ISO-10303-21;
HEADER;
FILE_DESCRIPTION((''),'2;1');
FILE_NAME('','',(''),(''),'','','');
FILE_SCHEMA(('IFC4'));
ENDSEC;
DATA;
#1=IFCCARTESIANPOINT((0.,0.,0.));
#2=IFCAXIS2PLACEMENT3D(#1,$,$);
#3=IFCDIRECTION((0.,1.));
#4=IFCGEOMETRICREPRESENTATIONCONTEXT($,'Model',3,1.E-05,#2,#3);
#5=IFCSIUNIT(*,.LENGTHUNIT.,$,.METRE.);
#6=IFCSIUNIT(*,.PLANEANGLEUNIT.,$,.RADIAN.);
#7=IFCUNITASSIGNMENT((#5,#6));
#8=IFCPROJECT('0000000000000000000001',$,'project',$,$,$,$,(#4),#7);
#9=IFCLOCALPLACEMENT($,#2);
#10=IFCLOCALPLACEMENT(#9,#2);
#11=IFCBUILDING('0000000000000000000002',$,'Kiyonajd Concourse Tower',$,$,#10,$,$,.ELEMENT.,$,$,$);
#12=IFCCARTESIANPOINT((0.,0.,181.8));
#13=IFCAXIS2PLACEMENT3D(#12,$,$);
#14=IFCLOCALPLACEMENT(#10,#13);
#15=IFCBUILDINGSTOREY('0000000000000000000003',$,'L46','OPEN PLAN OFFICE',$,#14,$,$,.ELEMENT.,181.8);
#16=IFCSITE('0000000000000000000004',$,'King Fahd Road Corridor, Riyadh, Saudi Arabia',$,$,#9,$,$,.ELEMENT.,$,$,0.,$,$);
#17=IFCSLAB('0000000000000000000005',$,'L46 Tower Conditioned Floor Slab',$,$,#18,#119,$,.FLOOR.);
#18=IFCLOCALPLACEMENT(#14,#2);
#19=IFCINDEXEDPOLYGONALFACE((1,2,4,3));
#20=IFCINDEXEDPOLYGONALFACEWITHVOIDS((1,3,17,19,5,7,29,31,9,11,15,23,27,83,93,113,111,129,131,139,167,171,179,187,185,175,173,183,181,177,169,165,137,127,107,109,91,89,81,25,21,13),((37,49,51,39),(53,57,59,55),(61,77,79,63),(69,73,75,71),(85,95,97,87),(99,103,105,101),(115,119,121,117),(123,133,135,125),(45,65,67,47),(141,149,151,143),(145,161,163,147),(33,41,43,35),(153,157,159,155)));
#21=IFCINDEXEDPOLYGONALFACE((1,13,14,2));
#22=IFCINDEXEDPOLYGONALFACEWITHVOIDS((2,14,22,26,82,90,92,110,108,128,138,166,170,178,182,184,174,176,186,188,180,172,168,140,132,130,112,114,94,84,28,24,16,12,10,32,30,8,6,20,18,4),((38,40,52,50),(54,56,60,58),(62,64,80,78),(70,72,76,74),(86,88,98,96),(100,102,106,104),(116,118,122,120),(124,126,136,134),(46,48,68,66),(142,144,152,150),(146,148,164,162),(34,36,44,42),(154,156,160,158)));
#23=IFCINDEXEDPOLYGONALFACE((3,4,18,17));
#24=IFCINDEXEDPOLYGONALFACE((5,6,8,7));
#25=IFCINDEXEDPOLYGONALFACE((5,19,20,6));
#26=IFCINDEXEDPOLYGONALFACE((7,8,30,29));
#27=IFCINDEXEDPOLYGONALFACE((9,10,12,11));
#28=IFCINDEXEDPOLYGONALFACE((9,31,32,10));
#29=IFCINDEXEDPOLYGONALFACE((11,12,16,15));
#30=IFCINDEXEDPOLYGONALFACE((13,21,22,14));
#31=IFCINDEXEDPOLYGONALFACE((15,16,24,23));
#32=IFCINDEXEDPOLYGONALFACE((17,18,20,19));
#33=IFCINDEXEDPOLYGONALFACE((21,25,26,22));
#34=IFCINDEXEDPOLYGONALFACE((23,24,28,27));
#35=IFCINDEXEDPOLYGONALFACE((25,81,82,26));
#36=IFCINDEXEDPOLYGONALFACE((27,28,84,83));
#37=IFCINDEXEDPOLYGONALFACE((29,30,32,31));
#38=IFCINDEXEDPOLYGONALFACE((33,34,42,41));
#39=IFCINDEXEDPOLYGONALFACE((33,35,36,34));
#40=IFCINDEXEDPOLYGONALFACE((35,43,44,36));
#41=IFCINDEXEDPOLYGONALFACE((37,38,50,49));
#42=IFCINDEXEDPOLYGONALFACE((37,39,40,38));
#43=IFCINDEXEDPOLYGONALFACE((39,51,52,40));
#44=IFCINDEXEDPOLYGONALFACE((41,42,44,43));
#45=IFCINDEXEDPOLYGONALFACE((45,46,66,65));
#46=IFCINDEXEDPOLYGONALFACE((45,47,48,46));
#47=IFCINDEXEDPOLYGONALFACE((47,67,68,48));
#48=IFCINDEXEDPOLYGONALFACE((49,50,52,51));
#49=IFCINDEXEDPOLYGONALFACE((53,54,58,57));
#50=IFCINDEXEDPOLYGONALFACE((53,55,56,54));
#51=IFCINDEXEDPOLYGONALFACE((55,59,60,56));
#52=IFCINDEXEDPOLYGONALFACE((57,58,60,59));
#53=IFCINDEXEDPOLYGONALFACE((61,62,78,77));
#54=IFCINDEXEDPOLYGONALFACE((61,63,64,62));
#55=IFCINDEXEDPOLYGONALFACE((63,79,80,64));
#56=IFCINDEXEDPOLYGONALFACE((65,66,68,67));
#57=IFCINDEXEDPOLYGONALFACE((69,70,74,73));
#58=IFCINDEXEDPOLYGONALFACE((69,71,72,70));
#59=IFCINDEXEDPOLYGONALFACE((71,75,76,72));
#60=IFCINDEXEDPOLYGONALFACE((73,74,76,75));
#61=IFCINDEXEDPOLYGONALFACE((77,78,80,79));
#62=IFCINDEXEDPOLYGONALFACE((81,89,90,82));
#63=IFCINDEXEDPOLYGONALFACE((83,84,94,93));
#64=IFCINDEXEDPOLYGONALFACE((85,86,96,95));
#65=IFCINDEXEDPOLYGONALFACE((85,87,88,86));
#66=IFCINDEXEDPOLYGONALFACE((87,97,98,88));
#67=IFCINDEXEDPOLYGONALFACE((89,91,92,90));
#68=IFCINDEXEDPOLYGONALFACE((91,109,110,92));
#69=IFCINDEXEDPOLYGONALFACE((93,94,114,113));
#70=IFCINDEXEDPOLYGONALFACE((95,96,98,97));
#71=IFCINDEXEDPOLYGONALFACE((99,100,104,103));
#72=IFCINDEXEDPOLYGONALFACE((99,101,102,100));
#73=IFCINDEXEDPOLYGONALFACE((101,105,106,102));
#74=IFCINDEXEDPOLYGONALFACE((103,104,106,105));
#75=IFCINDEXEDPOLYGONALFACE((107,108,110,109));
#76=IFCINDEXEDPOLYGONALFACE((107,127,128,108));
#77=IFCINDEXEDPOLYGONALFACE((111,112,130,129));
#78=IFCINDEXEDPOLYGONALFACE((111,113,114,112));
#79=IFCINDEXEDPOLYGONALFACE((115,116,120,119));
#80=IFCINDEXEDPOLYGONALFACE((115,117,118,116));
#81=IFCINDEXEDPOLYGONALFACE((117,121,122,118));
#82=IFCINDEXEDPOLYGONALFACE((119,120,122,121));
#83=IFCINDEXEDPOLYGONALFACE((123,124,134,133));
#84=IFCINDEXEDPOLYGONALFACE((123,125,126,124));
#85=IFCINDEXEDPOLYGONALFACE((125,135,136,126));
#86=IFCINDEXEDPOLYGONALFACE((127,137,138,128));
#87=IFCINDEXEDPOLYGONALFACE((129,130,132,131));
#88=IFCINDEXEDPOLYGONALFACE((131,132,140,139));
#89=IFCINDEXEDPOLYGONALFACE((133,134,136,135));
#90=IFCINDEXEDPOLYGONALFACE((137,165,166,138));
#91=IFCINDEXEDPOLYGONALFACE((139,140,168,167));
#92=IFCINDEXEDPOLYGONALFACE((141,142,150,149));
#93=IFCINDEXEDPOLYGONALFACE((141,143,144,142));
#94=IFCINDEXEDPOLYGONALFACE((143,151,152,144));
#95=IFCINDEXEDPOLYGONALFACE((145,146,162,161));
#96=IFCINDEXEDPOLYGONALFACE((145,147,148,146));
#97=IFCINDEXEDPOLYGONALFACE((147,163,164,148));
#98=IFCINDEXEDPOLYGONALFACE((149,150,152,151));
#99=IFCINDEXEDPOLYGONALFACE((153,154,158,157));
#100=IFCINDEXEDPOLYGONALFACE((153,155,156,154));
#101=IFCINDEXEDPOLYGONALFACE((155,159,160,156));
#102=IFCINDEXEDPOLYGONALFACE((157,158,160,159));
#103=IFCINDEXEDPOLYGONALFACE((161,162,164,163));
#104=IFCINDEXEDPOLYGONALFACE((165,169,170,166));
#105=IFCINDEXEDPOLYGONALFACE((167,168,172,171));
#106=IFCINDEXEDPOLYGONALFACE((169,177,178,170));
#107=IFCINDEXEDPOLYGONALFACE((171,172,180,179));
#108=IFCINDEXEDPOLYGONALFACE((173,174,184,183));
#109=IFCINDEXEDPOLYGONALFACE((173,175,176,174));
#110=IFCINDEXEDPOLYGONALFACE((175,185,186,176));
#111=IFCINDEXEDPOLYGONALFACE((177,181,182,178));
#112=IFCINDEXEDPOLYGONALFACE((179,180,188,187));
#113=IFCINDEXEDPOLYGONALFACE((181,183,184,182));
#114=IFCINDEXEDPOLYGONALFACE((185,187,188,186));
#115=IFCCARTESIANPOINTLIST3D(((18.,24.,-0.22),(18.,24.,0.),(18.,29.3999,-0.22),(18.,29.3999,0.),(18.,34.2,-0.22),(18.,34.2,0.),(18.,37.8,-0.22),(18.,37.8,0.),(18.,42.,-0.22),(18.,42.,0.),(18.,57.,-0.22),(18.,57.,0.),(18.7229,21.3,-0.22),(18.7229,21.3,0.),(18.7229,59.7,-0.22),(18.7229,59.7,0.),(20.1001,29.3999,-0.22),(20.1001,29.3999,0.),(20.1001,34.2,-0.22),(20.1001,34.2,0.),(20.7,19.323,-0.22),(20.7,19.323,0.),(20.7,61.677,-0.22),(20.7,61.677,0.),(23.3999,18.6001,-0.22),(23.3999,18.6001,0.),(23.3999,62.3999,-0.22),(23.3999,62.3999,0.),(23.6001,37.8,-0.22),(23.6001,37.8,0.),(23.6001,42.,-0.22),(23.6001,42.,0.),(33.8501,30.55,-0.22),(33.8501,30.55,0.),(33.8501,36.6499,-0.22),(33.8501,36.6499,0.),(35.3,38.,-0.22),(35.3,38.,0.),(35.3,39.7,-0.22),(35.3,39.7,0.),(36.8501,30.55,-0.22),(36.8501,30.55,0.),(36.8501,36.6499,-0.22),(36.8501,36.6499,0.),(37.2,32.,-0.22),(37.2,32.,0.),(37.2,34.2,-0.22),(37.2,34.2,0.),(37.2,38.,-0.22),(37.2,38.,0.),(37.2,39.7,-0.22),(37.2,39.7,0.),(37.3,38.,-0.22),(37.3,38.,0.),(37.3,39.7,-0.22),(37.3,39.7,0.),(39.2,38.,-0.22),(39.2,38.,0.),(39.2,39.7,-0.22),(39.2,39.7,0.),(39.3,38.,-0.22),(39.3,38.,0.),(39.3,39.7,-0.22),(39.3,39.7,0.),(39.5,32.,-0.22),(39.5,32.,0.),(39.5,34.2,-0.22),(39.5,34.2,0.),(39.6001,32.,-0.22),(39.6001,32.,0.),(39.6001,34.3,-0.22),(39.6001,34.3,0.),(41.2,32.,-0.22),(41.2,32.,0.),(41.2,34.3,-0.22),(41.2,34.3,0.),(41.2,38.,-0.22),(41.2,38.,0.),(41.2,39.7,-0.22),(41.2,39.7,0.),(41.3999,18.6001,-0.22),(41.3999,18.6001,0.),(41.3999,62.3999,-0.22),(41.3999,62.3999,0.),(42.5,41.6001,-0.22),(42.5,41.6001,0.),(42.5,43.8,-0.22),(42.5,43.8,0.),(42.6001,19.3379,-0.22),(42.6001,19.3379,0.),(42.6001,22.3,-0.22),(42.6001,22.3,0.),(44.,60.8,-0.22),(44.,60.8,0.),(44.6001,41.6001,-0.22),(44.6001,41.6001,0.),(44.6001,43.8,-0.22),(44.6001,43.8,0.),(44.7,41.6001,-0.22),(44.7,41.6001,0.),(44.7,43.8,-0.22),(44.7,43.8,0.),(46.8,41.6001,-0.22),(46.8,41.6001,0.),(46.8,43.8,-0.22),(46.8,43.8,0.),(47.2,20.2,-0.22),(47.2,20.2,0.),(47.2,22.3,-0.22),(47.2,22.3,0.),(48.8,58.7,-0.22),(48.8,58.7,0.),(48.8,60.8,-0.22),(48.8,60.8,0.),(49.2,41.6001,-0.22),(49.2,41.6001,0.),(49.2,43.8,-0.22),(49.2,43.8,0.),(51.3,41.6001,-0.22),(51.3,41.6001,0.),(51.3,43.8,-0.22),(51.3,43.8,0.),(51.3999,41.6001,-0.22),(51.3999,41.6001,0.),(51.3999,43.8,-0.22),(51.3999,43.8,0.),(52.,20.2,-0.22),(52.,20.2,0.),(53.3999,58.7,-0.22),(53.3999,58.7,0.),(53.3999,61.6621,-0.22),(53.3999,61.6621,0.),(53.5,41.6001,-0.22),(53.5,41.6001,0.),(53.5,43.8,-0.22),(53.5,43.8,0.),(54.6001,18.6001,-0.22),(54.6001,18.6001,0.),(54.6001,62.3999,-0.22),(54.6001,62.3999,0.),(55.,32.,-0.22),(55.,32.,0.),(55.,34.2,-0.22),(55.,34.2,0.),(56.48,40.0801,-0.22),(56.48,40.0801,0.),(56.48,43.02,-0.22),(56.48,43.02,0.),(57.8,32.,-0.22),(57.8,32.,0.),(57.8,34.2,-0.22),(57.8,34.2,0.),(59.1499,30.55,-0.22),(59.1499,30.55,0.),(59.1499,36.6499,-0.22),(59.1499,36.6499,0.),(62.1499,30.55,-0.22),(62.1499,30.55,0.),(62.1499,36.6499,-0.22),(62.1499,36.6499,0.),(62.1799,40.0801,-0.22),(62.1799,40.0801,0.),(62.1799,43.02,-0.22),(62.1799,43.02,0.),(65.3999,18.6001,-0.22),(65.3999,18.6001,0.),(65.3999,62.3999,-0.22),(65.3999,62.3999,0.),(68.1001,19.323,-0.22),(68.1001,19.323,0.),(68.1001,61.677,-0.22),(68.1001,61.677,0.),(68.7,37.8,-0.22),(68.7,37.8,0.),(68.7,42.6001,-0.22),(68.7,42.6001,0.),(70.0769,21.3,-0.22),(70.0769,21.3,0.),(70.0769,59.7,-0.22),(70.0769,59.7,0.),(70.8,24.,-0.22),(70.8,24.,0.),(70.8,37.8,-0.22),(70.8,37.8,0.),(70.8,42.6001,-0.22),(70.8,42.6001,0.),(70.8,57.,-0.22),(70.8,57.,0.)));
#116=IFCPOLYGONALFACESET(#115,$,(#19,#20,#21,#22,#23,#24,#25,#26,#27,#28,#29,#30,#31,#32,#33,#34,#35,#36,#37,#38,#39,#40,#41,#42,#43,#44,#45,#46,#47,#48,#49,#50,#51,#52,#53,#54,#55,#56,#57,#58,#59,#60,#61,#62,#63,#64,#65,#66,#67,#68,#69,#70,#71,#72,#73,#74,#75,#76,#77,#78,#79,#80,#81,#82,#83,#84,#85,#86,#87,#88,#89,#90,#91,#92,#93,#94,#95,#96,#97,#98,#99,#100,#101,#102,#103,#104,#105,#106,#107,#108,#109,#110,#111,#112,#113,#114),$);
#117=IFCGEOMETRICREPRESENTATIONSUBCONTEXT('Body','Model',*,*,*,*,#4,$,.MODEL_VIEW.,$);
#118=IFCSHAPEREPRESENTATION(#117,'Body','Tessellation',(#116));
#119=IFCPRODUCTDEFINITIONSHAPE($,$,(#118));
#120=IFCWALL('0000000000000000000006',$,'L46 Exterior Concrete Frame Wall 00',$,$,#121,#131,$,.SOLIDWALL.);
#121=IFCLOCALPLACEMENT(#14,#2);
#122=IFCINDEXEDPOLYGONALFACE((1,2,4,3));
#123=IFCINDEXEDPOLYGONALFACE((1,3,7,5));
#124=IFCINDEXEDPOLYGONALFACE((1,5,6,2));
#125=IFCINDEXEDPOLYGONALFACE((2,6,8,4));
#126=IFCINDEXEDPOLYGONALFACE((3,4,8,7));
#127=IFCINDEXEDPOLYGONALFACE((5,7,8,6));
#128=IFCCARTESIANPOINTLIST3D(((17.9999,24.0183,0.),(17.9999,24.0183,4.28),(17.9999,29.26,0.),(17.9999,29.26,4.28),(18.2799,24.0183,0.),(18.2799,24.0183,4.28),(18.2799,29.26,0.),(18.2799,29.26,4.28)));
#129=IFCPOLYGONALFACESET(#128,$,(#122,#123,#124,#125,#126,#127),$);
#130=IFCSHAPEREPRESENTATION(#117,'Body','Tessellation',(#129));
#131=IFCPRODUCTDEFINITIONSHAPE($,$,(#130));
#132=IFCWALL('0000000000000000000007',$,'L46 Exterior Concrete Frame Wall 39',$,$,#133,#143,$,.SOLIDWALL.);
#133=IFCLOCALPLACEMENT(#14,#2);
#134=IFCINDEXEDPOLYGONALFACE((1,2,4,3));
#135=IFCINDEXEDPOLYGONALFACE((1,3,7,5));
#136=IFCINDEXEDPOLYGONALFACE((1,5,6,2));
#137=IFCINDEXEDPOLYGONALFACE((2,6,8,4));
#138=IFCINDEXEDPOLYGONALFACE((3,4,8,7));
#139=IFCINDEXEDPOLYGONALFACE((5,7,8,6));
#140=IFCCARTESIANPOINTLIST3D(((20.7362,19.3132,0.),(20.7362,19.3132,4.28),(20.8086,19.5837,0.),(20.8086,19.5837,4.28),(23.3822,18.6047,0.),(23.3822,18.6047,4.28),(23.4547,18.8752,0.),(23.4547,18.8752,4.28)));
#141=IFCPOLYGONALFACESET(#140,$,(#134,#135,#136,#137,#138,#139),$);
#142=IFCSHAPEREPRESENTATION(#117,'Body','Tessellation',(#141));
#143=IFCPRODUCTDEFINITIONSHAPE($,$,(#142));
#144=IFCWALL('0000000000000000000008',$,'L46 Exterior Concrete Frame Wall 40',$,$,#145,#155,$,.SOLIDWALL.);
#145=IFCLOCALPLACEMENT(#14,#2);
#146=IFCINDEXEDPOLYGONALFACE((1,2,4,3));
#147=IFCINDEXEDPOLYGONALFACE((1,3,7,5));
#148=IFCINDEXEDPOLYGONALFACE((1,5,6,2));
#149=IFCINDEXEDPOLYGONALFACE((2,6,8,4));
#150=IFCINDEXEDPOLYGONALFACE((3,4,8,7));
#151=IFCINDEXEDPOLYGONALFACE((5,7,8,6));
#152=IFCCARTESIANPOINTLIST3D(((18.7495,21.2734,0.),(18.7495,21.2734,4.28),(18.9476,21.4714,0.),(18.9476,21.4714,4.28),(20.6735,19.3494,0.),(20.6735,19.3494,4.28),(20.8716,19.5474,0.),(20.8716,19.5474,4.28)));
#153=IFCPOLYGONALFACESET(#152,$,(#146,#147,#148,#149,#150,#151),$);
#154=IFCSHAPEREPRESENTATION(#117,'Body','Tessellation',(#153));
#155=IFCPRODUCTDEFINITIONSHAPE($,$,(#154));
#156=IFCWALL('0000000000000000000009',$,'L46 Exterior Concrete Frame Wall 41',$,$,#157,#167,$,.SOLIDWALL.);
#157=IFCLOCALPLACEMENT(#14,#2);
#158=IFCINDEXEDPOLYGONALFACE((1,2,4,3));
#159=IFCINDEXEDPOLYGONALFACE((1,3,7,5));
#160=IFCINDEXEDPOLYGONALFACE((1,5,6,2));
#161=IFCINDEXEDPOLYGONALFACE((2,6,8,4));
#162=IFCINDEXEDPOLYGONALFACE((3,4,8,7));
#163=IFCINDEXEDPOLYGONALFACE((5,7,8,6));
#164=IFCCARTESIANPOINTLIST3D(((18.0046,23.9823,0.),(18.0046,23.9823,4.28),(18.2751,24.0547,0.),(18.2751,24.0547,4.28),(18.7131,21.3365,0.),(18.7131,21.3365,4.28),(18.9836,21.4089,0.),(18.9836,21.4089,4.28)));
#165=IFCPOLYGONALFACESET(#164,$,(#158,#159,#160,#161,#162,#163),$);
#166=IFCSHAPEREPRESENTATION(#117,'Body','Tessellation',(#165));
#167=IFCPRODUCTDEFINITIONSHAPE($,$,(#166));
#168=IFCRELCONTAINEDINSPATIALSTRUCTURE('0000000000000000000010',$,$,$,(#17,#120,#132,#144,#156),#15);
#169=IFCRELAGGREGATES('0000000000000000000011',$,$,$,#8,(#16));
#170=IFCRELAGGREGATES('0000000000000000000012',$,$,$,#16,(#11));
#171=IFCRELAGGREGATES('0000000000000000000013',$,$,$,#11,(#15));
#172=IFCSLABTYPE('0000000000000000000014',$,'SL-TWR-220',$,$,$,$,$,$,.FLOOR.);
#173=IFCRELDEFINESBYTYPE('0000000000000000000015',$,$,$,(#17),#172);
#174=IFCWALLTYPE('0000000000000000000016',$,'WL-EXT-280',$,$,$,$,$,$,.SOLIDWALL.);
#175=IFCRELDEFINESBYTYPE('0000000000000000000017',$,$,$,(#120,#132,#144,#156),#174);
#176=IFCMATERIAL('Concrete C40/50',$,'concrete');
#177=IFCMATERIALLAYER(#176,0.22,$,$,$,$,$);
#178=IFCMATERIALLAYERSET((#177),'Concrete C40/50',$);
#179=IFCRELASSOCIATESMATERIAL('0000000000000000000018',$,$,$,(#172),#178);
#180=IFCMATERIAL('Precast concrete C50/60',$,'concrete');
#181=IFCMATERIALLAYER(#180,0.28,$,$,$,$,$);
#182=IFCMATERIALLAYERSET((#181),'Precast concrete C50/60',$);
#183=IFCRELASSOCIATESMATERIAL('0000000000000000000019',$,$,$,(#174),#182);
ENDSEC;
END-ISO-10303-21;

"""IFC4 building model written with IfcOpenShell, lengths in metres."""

from ifc_helpers import new_model, si_unit, direction, frame, frame_2d, origin, place, context, subcontext, project, spatial, polyline, rectangle, outline, extrude, material, layer, layer_set, type_object, element, save


model = new_model("IFC4")

# Units and contexts
model_context = context("Model", 3, precision=1e-05, world=origin(), true_north=direction((0.0, 1.0)))
body_context = subcontext(model_context, "Body", "Model", "MODEL_VIEW")
ifc_project = project(units=[si_unit("LENGTHUNIT", "METRE"), si_unit("PLANEANGLEUNIT", "RADIAN")], contexts=[model_context])

# Site, building, storey
site_placement = place(None, origin())
site = spatial("IfcSite", under=ifc_project, at=site_placement, Name="King Fahd Road Corridor, Riyadh, Saudi Arabia", CompositionType="ELEMENT", RefElevation=0.0)
building_placement = place(site_placement, origin())
building = spatial("IfcBuilding", under=site, at=building_placement, Name="Kiyonajd Concourse Tower", CompositionType="ELEMENT")
storey_placement = place(building_placement, frame((0.0, 0.0, 181.8)))
storey = spatial("IfcBuildingStorey", under=building, at=storey_placement, Name="L46", Description="OPEN PLAN OFFICE", CompositionType="ELEMENT", Elevation=181.8)

# Shared definitions
ifc_material_1 = material(Name="Concrete C40/50", Category="concrete")

# Slab
ifc_material_2 = material(Name="Precast concrete C50/60", Category="concrete")
ifc_layer_1 = layer(ifc_material_1, 0.22)
ifc_layer_set_1 = layer_set([ifc_layer_1], Name="Concrete C40/50")
slab_type_1 = type_object("IfcSlabType", Name="SL-TWR-220", PredefinedType="FLOOR", material=ifc_layer_set_1)
slab_1_placement = place(storey_placement, frame((0.0, 0.0, -0.22)))
element("IfcSlab", 1, at=slab_1_placement, inside=storey, type_object=slab_type_1, Name="L46 Tower Conditioned Floor Slab", PredefinedType="FLOOR", context=body_context, shape_type="SweptSolid", body=[
    extrude(outline(polyline([(18.0, 24.0), (18.0, 29.3999), (20.1001, 29.3999), (20.1001, 34.2), (18.0, 34.2), (18.0, 37.8), (23.6001, 37.8), (23.6001, 42.0), (18.0, 42.0), (18.0, 57.0), (18.7229, 59.7), (20.7, 61.677), (23.3999, 62.3999), (41.3999, 62.3999), (44.0, 60.8), (48.8, 60.8), (48.8, 58.7), (53.3999, 58.7), (53.3999, 61.6621), (54.6001, 62.3999), (65.3999, 62.3999), (68.1001, 61.677), (70.0769, 59.7), (70.8, 57.0), (70.8, 42.6001), (68.7, 42.6001), (68.7, 37.8), (70.8, 37.8), (70.8, 24.0), (70.0769, 21.3), (68.1001, 19.323), (65.3999, 18.6001), (54.6001, 18.6001), (52.0, 20.2), (47.2, 20.2), (47.2, 22.3), (42.6001, 22.3), (42.6001, 19.3379), (41.3999, 18.6001), (23.3999, 18.6001), (20.7, 19.323), (18.7229, 21.3), (18.0, 24.0)]), holes=[polyline([(39.5, 32.0), (37.2, 32.0), (37.2, 34.2), (39.5, 34.2), (39.5, 32.0)]), polyline([(39.6001, 32.0), (39.6001, 34.3), (41.2, 34.3), (41.2, 32.0), (39.6001, 32.0)]), polyline([(33.8501, 30.55), (33.8501, 36.6499), (36.8501, 36.6499), (36.8501, 30.55), (33.8501, 30.55)]), polyline([(37.2, 38.0), (35.3, 38.0), (35.3, 39.7), (37.2, 39.7), (37.2, 38.0)]), polyline([(37.3, 38.0), (37.3, 39.7), (39.2, 39.7), (39.2, 38.0), (37.3, 38.0)]), polyline([(39.3, 38.0), (39.3, 39.7), (41.2, 39.7), (41.2, 38.0), (39.3, 38.0)]), polyline([(44.6001, 41.6001), (42.5, 41.6001), (42.5, 43.8), (44.6001, 43.8), (44.6001, 41.6001)]), polyline([(55.0, 32.0), (55.0, 34.2), (57.8, 34.2), (57.8, 32.0), (55.0, 32.0)]), polyline([(59.1499, 30.55), (59.1499, 36.6499), (62.1499, 36.6499), (62.1499, 30.55), (59.1499, 30.55)]), polyline([(56.48, 43.02), (62.1799, 43.02), (62.1799, 40.0801), (56.48, 40.0801), (56.48, 43.02)]), polyline([(44.7, 41.6001), (44.7, 43.8), (46.8, 43.8), (46.8, 41.6001), (44.7, 41.6001)]), polyline([(49.2, 41.6001), (49.2, 43.8), (51.3, 43.8), (51.3, 41.6001), (49.2, 41.6001)]), polyline([(51.3999, 41.6001), (51.3999, 43.8), (53.5, 43.8), (53.5, 41.6001), (51.3999, 41.6001)])]), origin(), (0.0, 0.0, 1.0), 0.22),
])

# Walls
ifc_layer_2 = layer(ifc_material_2, 0.28)
ifc_layer_set_2 = layer_set([ifc_layer_2], Name="Precast concrete C50/60")
wall_type = type_object("IfcWallType", Name="WL-EXT-280", PredefinedType="SOLIDWALL", material=ifc_layer_set_2)
wall_1_placement = place(storey_placement, frame((18.1399, 24.0183, 0.0), z_axis=(0.0, 0.0, 1.0), x_axis=(0.0, 1.0, 0.0)))
element("IfcWall", 2, at=wall_1_placement, inside=storey, type_object=wall_type, Name="L46 Exterior Concrete Frame Wall 00", PredefinedType="SOLIDWALL", context=body_context, shape_type="SweptSolid", body=[
    extrude(rectangle(XDim=5.2417, YDim=0.28, at=frame_2d((2.6208, 0.0))), origin(), (0.0, 0.0, 1.0), 4.28),
])
wall_2_placement = place(storey_placement, frame((23.4185, 18.74, 0.0), z_axis=(0.0, 0.0, 1.0), x_axis=(-0.965971, 0.25865, 0.0)))
element("IfcWall", 3, at=wall_2_placement, inside=storey, type_object=wall_type, Name="L46 Exterior Concrete Frame Wall 39", PredefinedType="SOLIDWALL", context=body_context, shape_type="SweptSolid", body=[
    extrude(rectangle(XDim=2.7393, YDim=0.28, at=frame_2d((1.3696, 0.0))), origin(), (0.0, 0.0, 1.0), 4.28),
])
wall_3_placement = place(storey_placement, frame((20.7725, 19.4485, 0.0), z_axis=(0.0, 0.0, 1.0), x_axis=(-0.707107, 0.707107, 0.0)))
element("IfcWall", 4, at=wall_3_placement, inside=storey, type_object=wall_type, Name="L46 Exterior Concrete Frame Wall 40", PredefinedType="SOLIDWALL", context=body_context, shape_type="SweptSolid", body=[
    extrude(rectangle(XDim=2.7209, YDim=0.28, at=frame_2d((1.3604, 0.0))), origin(), (0.0, 0.0, 1.0), 4.28),
])
wall_4_placement = place(storey_placement, frame((18.8484, 21.3726, 0.0), z_axis=(0.0, 0.0, 1.0), x_axis=(-0.258672, 0.965965, 0.0)))
element("IfcWall", 5, at=wall_4_placement, inside=storey, type_object=wall_type, Name="L46 Exterior Concrete Frame Wall 41", PredefinedType="SOLIDWALL", context=body_context, shape_type="SweptSolid", body=[
    extrude(rectangle(XDim=2.739, YDim=0.28, at=frame_2d((1.3696, 0.0))), origin(), (0.0, 0.0, 1.0), 4.28),
])

save(model, "model.ifc")
